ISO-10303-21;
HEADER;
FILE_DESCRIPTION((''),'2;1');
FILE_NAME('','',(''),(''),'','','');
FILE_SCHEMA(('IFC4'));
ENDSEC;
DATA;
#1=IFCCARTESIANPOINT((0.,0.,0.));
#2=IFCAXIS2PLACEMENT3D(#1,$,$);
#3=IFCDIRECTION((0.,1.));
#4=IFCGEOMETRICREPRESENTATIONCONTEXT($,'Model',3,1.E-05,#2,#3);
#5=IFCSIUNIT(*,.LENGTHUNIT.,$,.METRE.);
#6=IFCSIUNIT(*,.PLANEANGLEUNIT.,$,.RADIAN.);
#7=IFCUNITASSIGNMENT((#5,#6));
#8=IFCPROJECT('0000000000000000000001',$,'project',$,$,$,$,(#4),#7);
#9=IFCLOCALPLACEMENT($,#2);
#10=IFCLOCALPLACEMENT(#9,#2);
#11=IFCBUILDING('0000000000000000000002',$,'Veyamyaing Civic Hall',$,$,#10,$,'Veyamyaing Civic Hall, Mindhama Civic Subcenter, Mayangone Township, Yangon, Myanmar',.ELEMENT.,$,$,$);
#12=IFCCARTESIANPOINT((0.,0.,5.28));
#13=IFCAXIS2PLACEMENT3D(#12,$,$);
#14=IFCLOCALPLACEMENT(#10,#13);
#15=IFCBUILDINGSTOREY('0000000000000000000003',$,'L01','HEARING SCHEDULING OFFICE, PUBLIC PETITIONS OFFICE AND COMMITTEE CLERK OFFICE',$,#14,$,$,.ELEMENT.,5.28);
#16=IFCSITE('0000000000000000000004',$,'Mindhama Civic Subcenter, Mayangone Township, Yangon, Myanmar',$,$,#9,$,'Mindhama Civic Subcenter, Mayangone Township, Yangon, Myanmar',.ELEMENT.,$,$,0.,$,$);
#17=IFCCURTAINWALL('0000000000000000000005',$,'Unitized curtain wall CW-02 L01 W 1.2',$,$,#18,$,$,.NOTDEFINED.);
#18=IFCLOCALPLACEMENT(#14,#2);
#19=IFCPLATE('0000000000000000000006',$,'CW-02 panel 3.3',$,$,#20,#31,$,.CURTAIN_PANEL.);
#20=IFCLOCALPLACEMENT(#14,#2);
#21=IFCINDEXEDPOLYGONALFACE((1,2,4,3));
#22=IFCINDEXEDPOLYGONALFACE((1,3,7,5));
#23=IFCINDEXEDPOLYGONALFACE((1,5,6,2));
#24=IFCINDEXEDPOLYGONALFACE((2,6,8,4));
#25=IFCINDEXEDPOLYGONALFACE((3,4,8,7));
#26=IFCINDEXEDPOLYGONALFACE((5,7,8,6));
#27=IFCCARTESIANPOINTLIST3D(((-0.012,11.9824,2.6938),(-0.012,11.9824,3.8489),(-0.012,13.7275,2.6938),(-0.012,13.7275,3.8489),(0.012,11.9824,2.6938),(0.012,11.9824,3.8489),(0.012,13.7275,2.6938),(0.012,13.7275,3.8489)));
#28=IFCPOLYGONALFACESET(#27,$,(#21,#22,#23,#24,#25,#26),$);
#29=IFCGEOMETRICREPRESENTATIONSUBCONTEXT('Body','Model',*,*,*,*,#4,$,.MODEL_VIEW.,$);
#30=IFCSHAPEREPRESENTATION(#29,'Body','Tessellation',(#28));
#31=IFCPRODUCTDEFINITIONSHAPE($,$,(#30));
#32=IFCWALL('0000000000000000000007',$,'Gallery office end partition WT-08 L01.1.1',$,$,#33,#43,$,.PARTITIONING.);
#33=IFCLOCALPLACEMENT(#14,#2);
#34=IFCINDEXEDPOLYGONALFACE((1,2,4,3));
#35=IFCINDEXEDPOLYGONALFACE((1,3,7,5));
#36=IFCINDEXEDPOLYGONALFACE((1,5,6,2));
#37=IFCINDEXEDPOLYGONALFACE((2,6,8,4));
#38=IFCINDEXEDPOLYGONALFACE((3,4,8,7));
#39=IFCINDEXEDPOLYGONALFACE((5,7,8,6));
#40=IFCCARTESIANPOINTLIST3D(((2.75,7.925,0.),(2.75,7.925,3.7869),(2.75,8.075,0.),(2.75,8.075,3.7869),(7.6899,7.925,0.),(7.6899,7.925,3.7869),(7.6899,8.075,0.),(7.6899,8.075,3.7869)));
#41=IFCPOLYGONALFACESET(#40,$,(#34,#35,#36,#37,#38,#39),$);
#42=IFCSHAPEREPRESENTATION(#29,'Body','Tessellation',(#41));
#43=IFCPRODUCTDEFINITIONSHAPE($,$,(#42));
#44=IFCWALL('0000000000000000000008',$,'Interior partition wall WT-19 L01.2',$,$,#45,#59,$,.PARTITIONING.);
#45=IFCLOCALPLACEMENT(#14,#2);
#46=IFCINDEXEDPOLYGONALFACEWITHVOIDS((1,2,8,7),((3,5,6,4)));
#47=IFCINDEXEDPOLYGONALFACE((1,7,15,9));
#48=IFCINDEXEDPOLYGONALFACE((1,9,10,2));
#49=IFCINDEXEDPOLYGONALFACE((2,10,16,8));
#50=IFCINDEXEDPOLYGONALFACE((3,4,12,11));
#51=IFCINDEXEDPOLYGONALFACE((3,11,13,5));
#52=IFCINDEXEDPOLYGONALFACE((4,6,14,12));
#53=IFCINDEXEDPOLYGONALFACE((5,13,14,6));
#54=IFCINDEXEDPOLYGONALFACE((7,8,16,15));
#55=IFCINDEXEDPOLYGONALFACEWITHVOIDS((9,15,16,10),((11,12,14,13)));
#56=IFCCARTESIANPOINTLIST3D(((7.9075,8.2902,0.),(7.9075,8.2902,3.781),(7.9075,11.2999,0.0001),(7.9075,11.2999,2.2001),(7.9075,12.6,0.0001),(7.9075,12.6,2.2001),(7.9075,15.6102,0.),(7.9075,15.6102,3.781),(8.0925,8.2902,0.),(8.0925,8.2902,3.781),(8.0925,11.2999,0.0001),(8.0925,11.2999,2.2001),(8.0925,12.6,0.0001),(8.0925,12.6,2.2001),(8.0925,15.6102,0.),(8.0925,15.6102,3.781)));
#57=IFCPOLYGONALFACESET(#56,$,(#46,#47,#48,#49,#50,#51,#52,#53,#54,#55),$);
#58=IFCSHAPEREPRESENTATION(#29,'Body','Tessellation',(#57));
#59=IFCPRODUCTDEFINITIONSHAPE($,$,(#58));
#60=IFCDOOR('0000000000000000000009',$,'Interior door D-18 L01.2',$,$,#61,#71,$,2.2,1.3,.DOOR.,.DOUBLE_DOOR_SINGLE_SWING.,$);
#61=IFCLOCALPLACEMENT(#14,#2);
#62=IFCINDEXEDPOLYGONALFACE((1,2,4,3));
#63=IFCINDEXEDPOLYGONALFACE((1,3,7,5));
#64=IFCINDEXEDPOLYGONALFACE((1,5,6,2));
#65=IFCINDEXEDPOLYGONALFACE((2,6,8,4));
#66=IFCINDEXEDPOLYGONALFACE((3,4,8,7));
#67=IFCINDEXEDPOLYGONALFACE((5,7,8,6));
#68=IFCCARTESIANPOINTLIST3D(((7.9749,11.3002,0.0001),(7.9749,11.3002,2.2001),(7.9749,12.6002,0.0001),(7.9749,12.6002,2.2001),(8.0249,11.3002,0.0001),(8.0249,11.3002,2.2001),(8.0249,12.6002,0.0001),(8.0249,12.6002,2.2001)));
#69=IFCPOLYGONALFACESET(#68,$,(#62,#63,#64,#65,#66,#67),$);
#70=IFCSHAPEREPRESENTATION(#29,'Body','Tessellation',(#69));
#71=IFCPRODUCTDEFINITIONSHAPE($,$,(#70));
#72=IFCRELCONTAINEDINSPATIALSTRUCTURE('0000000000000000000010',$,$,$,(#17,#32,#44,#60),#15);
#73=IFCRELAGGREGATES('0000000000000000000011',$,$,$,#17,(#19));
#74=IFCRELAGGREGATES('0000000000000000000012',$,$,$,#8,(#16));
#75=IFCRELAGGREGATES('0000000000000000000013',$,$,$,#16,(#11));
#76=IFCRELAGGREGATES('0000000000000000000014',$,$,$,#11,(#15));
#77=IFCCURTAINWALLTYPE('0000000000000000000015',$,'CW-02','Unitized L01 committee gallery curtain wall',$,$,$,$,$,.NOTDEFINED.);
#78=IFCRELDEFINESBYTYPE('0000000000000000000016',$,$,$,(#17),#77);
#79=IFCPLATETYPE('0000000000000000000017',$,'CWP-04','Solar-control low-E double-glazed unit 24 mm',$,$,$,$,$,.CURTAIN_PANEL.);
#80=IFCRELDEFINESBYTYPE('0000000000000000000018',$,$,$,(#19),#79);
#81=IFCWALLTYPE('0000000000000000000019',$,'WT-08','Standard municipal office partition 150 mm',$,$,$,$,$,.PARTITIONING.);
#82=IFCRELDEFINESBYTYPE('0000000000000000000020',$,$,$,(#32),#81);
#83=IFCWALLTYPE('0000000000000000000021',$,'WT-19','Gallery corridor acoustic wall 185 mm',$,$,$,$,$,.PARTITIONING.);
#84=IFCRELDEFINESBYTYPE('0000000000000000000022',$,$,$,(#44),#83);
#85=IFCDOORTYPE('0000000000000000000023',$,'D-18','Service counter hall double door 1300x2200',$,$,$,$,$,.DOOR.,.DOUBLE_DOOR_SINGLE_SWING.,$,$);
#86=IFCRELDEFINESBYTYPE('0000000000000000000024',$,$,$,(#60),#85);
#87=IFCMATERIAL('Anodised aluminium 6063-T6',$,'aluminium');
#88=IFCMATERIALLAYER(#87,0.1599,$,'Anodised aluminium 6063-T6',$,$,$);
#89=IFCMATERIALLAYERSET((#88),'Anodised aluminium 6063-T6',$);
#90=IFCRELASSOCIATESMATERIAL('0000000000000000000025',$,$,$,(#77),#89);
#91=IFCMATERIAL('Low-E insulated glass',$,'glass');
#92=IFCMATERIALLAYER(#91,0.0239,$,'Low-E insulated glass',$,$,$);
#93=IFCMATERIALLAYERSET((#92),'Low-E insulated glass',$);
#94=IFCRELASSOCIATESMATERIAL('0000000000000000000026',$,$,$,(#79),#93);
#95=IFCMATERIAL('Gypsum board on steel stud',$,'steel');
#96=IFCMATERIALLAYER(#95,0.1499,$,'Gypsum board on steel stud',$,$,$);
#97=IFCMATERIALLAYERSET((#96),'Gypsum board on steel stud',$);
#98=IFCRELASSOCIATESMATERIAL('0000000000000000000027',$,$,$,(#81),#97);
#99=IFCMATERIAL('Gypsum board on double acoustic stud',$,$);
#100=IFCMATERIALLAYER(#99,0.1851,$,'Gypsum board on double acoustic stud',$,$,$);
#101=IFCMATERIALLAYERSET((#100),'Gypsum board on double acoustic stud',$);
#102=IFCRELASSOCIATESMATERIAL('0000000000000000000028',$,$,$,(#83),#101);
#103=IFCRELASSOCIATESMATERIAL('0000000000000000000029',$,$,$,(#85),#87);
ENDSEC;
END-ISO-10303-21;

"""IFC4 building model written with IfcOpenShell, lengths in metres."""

from ifc_helpers import new_model, si_unit, direction, frame, frame_2d, origin, origin_2d, place, context, subcontext, project, spatial, rectangle, extrude, material, layer, layer_set, type_object, element, fill, aggregate, save


model = new_model("IFC4")

# Units and contexts
model_context = context("Model", 3, precision=1e-05, world=origin(), true_north=direction((0.0, 1.0)))
body_context = subcontext(model_context, "Body", "Model", "MODEL_VIEW")
ifc_project = project(units=[si_unit("LENGTHUNIT", "METRE"), si_unit("PLANEANGLEUNIT", "RADIAN")], contexts=[model_context])

# Site, building, storey
site_placement = place(None, origin())
site = spatial("IfcSite", under=ifc_project, at=site_placement, Name="Mindhama Civic Subcenter, Mayangone Township, Yangon, Myanmar", LongName="Mindhama Civic Subcenter, Mayangone Township, Yangon, Myanmar", CompositionType="ELEMENT", RefElevation=0.0)
building_placement = place(site_placement, origin())
building = spatial("IfcBuilding", under=site, at=building_placement, Name="Veyamyaing Civic Hall", LongName="Veyamyaing Civic Hall, Mindhama Civic Subcenter, Mayangone Township, Yangon, Myanmar", CompositionType="ELEMENT")
storey_placement = place(building_placement, frame((0.0, 0.0, 5.28)))
storey = spatial("IfcBuildingStorey", under=building, at=storey_placement, Name="L01", Description="HEARING SCHEDULING OFFICE, PUBLIC PETITIONS OFFICE AND COMMITTEE CLERK OFFICE", CompositionType="ELEMENT", Elevation=5.28)

# Curtain wall
ifc_material_1 = material(Name="Anodised aluminium 6063-T6", Category="aluminium")
ifc_layer_1 = layer(ifc_material_1, 0.1599, Name="Anodised aluminium 6063-T6")
ifc_layer_set_1 = layer_set([ifc_layer_1], Name="Anodised aluminium 6063-T6")
curtain_wall_type = type_object("IfcCurtainWallType", Name="CW-02", Description="Unitized L01 committee gallery curtain wall", PredefinedType="NOTDEFINED", material=ifc_layer_set_1)
curtain_wall_placement = place(storey_placement, origin())
curtain_wall = element("IfcCurtainWall", 1, at=curtain_wall_placement, inside=storey, type_object=curtain_wall_type, Name="Unitized curtain wall CW-02 L01 W 1.2", PredefinedType="NOTDEFINED")

# Plate
ifc_material_2 = material(Name="Low-E insulated glass", Category="glass")
ifc_layer_2 = layer(ifc_material_2, 0.0239, Name="Low-E insulated glass")
ifc_layer_set_2 = layer_set([ifc_layer_2], Name="Low-E insulated glass")
plate_type = type_object("IfcPlateType", Name="CWP-04", Description="Solar-control low-E double-glazed unit 24 mm", PredefinedType="CURTAIN_PANEL", material=ifc_layer_set_2)
plate_1_placement = place(storey_placement, frame((0.0, 12.855, 2.6938), z_axis=(0.0, 0.0, 1.0), x_axis=(0.0, 1.0, 0.0)))
plate_1 = element("IfcPlate", 2, at=plate_1_placement, type_object=plate_type, Name="CW-02 panel 3.3", PredefinedType="CURTAIN_PANEL", context=body_context, shape_type="SweptSolid", body=[
    extrude(rectangle(XDim=1.7451, YDim=0.0239, at=origin_2d()), origin(), (0.0, 0.0, 1.0), 1.155),
])
aggregate(curtain_wall, [plate_1])

# Wall
ifc_material_3 = material(Name="Gypsum board on steel stud", Category="steel")
ifc_layer_3 = layer(ifc_material_3, 0.1499, Name="Gypsum board on steel stud")
ifc_layer_set_3 = layer_set([ifc_layer_3], Name="Gypsum board on steel stud")
wall_type_1 = type_object("IfcWallType", Name="WT-08", Description="Standard municipal office partition 150 mm", PredefinedType="PARTITIONING", material=ifc_layer_set_3)
wall_1_placement = place(storey_placement, frame((2.75, 8.0, 0.0), z_axis=(0.0, 0.0, 1.0), x_axis=(1.0, 0.0, 0.0)))
element("IfcWall", 3, at=wall_1_placement, inside=storey, type_object=wall_type_1, Name="Gallery office end partition WT-08 L01.1.1", PredefinedType="PARTITIONING", context=body_context, shape_type="SweptSolid", body=[
    extrude(rectangle(XDim=4.9399, YDim=0.1499, at=frame_2d((2.47, 0.0))), origin(), (0.0, 0.0, 1.0), 3.7869),
])

# Wall, opening, door
ifc_material_4 = material(Name="Gypsum board on double acoustic stud")
ifc_layer_4 = layer(ifc_material_4, 0.1851, Name="Gypsum board on double acoustic stud")
ifc_layer_set_4 = layer_set([ifc_layer_4], Name="Gypsum board on double acoustic stud")
wall_type_2 = type_object("IfcWallType", Name="WT-19", Description="Gallery corridor acoustic wall 185 mm", PredefinedType="PARTITIONING", material=ifc_layer_set_4)
wall_2_placement = place(storey_placement, frame((8.0, 8.29, 0.0), z_axis=(0.0, 0.0, 1.0), x_axis=(0.0, 1.0, 0.0)))
wall_2 = element("IfcWall", 4, at=wall_2_placement, inside=storey, type_object=wall_type_2, Name="Interior partition wall WT-19 L01.2", PredefinedType="PARTITIONING", context=body_context, shape_type="SweptSolid", body=[
    extrude(rectangle(XDim=7.3201, YDim=0.1851, at=frame_2d((3.6602, 0.0))), origin(), (0.0, 0.0, 1.0), 3.781),
])
opening_placement = place(wall_2_placement, frame((3.01, 0.0, 0.0)))
opening = element("IfcOpeningElement", 5, at=opening_placement, cuts=wall_2, PredefinedType="OPENING", context=body_context, shape_type="SweptSolid", body=[
    extrude(rectangle(XDim=1.3, YDim=2.2, at=frame_2d((0.6499, 1.1001))), frame((0.0, 0.1025, 0.0), z_axis=(0.0, -1.0, 0.0), x_axis=(1.0, 0.0, 0.0)), (0.0, 0.0, 1.0), 0.2051),
])
door_type = type_object("IfcDoorType", Name="D-18", Description="Service counter hall double door 1300x2200", OperationType="DOUBLE_DOOR_SINGLE_SWING", PredefinedType="DOOR", material=ifc_material_1)
door_placement = place(opening_placement, frame((1.3, 0.0, 0.0), z_axis=(0.0, 0.0, 1.0), x_axis=(-1.0, 0.0, 0.0)))
door = element("IfcDoor", 6, at=door_placement, inside=storey, type_object=door_type, Name="Interior door D-18 L01.2", OperationType="DOUBLE_DOOR_SINGLE_SWING", OverallHeight=2.2, OverallWidth=1.3, PredefinedType="DOOR", context=body_context, shape_type="SweptSolid", body=[
    extrude(rectangle(XDim=1.3, YDim=2.2, at=frame_2d((0.6499, 1.1001))), frame((0.0, 0.0249, 0.0), z_axis=(0.0, -1.0, 0.0), x_axis=(1.0, 0.0, 0.0)), (0.0, 0.0, 1.0), 0.05),
])
fill(opening, door)

save(model, "model.ifc")
